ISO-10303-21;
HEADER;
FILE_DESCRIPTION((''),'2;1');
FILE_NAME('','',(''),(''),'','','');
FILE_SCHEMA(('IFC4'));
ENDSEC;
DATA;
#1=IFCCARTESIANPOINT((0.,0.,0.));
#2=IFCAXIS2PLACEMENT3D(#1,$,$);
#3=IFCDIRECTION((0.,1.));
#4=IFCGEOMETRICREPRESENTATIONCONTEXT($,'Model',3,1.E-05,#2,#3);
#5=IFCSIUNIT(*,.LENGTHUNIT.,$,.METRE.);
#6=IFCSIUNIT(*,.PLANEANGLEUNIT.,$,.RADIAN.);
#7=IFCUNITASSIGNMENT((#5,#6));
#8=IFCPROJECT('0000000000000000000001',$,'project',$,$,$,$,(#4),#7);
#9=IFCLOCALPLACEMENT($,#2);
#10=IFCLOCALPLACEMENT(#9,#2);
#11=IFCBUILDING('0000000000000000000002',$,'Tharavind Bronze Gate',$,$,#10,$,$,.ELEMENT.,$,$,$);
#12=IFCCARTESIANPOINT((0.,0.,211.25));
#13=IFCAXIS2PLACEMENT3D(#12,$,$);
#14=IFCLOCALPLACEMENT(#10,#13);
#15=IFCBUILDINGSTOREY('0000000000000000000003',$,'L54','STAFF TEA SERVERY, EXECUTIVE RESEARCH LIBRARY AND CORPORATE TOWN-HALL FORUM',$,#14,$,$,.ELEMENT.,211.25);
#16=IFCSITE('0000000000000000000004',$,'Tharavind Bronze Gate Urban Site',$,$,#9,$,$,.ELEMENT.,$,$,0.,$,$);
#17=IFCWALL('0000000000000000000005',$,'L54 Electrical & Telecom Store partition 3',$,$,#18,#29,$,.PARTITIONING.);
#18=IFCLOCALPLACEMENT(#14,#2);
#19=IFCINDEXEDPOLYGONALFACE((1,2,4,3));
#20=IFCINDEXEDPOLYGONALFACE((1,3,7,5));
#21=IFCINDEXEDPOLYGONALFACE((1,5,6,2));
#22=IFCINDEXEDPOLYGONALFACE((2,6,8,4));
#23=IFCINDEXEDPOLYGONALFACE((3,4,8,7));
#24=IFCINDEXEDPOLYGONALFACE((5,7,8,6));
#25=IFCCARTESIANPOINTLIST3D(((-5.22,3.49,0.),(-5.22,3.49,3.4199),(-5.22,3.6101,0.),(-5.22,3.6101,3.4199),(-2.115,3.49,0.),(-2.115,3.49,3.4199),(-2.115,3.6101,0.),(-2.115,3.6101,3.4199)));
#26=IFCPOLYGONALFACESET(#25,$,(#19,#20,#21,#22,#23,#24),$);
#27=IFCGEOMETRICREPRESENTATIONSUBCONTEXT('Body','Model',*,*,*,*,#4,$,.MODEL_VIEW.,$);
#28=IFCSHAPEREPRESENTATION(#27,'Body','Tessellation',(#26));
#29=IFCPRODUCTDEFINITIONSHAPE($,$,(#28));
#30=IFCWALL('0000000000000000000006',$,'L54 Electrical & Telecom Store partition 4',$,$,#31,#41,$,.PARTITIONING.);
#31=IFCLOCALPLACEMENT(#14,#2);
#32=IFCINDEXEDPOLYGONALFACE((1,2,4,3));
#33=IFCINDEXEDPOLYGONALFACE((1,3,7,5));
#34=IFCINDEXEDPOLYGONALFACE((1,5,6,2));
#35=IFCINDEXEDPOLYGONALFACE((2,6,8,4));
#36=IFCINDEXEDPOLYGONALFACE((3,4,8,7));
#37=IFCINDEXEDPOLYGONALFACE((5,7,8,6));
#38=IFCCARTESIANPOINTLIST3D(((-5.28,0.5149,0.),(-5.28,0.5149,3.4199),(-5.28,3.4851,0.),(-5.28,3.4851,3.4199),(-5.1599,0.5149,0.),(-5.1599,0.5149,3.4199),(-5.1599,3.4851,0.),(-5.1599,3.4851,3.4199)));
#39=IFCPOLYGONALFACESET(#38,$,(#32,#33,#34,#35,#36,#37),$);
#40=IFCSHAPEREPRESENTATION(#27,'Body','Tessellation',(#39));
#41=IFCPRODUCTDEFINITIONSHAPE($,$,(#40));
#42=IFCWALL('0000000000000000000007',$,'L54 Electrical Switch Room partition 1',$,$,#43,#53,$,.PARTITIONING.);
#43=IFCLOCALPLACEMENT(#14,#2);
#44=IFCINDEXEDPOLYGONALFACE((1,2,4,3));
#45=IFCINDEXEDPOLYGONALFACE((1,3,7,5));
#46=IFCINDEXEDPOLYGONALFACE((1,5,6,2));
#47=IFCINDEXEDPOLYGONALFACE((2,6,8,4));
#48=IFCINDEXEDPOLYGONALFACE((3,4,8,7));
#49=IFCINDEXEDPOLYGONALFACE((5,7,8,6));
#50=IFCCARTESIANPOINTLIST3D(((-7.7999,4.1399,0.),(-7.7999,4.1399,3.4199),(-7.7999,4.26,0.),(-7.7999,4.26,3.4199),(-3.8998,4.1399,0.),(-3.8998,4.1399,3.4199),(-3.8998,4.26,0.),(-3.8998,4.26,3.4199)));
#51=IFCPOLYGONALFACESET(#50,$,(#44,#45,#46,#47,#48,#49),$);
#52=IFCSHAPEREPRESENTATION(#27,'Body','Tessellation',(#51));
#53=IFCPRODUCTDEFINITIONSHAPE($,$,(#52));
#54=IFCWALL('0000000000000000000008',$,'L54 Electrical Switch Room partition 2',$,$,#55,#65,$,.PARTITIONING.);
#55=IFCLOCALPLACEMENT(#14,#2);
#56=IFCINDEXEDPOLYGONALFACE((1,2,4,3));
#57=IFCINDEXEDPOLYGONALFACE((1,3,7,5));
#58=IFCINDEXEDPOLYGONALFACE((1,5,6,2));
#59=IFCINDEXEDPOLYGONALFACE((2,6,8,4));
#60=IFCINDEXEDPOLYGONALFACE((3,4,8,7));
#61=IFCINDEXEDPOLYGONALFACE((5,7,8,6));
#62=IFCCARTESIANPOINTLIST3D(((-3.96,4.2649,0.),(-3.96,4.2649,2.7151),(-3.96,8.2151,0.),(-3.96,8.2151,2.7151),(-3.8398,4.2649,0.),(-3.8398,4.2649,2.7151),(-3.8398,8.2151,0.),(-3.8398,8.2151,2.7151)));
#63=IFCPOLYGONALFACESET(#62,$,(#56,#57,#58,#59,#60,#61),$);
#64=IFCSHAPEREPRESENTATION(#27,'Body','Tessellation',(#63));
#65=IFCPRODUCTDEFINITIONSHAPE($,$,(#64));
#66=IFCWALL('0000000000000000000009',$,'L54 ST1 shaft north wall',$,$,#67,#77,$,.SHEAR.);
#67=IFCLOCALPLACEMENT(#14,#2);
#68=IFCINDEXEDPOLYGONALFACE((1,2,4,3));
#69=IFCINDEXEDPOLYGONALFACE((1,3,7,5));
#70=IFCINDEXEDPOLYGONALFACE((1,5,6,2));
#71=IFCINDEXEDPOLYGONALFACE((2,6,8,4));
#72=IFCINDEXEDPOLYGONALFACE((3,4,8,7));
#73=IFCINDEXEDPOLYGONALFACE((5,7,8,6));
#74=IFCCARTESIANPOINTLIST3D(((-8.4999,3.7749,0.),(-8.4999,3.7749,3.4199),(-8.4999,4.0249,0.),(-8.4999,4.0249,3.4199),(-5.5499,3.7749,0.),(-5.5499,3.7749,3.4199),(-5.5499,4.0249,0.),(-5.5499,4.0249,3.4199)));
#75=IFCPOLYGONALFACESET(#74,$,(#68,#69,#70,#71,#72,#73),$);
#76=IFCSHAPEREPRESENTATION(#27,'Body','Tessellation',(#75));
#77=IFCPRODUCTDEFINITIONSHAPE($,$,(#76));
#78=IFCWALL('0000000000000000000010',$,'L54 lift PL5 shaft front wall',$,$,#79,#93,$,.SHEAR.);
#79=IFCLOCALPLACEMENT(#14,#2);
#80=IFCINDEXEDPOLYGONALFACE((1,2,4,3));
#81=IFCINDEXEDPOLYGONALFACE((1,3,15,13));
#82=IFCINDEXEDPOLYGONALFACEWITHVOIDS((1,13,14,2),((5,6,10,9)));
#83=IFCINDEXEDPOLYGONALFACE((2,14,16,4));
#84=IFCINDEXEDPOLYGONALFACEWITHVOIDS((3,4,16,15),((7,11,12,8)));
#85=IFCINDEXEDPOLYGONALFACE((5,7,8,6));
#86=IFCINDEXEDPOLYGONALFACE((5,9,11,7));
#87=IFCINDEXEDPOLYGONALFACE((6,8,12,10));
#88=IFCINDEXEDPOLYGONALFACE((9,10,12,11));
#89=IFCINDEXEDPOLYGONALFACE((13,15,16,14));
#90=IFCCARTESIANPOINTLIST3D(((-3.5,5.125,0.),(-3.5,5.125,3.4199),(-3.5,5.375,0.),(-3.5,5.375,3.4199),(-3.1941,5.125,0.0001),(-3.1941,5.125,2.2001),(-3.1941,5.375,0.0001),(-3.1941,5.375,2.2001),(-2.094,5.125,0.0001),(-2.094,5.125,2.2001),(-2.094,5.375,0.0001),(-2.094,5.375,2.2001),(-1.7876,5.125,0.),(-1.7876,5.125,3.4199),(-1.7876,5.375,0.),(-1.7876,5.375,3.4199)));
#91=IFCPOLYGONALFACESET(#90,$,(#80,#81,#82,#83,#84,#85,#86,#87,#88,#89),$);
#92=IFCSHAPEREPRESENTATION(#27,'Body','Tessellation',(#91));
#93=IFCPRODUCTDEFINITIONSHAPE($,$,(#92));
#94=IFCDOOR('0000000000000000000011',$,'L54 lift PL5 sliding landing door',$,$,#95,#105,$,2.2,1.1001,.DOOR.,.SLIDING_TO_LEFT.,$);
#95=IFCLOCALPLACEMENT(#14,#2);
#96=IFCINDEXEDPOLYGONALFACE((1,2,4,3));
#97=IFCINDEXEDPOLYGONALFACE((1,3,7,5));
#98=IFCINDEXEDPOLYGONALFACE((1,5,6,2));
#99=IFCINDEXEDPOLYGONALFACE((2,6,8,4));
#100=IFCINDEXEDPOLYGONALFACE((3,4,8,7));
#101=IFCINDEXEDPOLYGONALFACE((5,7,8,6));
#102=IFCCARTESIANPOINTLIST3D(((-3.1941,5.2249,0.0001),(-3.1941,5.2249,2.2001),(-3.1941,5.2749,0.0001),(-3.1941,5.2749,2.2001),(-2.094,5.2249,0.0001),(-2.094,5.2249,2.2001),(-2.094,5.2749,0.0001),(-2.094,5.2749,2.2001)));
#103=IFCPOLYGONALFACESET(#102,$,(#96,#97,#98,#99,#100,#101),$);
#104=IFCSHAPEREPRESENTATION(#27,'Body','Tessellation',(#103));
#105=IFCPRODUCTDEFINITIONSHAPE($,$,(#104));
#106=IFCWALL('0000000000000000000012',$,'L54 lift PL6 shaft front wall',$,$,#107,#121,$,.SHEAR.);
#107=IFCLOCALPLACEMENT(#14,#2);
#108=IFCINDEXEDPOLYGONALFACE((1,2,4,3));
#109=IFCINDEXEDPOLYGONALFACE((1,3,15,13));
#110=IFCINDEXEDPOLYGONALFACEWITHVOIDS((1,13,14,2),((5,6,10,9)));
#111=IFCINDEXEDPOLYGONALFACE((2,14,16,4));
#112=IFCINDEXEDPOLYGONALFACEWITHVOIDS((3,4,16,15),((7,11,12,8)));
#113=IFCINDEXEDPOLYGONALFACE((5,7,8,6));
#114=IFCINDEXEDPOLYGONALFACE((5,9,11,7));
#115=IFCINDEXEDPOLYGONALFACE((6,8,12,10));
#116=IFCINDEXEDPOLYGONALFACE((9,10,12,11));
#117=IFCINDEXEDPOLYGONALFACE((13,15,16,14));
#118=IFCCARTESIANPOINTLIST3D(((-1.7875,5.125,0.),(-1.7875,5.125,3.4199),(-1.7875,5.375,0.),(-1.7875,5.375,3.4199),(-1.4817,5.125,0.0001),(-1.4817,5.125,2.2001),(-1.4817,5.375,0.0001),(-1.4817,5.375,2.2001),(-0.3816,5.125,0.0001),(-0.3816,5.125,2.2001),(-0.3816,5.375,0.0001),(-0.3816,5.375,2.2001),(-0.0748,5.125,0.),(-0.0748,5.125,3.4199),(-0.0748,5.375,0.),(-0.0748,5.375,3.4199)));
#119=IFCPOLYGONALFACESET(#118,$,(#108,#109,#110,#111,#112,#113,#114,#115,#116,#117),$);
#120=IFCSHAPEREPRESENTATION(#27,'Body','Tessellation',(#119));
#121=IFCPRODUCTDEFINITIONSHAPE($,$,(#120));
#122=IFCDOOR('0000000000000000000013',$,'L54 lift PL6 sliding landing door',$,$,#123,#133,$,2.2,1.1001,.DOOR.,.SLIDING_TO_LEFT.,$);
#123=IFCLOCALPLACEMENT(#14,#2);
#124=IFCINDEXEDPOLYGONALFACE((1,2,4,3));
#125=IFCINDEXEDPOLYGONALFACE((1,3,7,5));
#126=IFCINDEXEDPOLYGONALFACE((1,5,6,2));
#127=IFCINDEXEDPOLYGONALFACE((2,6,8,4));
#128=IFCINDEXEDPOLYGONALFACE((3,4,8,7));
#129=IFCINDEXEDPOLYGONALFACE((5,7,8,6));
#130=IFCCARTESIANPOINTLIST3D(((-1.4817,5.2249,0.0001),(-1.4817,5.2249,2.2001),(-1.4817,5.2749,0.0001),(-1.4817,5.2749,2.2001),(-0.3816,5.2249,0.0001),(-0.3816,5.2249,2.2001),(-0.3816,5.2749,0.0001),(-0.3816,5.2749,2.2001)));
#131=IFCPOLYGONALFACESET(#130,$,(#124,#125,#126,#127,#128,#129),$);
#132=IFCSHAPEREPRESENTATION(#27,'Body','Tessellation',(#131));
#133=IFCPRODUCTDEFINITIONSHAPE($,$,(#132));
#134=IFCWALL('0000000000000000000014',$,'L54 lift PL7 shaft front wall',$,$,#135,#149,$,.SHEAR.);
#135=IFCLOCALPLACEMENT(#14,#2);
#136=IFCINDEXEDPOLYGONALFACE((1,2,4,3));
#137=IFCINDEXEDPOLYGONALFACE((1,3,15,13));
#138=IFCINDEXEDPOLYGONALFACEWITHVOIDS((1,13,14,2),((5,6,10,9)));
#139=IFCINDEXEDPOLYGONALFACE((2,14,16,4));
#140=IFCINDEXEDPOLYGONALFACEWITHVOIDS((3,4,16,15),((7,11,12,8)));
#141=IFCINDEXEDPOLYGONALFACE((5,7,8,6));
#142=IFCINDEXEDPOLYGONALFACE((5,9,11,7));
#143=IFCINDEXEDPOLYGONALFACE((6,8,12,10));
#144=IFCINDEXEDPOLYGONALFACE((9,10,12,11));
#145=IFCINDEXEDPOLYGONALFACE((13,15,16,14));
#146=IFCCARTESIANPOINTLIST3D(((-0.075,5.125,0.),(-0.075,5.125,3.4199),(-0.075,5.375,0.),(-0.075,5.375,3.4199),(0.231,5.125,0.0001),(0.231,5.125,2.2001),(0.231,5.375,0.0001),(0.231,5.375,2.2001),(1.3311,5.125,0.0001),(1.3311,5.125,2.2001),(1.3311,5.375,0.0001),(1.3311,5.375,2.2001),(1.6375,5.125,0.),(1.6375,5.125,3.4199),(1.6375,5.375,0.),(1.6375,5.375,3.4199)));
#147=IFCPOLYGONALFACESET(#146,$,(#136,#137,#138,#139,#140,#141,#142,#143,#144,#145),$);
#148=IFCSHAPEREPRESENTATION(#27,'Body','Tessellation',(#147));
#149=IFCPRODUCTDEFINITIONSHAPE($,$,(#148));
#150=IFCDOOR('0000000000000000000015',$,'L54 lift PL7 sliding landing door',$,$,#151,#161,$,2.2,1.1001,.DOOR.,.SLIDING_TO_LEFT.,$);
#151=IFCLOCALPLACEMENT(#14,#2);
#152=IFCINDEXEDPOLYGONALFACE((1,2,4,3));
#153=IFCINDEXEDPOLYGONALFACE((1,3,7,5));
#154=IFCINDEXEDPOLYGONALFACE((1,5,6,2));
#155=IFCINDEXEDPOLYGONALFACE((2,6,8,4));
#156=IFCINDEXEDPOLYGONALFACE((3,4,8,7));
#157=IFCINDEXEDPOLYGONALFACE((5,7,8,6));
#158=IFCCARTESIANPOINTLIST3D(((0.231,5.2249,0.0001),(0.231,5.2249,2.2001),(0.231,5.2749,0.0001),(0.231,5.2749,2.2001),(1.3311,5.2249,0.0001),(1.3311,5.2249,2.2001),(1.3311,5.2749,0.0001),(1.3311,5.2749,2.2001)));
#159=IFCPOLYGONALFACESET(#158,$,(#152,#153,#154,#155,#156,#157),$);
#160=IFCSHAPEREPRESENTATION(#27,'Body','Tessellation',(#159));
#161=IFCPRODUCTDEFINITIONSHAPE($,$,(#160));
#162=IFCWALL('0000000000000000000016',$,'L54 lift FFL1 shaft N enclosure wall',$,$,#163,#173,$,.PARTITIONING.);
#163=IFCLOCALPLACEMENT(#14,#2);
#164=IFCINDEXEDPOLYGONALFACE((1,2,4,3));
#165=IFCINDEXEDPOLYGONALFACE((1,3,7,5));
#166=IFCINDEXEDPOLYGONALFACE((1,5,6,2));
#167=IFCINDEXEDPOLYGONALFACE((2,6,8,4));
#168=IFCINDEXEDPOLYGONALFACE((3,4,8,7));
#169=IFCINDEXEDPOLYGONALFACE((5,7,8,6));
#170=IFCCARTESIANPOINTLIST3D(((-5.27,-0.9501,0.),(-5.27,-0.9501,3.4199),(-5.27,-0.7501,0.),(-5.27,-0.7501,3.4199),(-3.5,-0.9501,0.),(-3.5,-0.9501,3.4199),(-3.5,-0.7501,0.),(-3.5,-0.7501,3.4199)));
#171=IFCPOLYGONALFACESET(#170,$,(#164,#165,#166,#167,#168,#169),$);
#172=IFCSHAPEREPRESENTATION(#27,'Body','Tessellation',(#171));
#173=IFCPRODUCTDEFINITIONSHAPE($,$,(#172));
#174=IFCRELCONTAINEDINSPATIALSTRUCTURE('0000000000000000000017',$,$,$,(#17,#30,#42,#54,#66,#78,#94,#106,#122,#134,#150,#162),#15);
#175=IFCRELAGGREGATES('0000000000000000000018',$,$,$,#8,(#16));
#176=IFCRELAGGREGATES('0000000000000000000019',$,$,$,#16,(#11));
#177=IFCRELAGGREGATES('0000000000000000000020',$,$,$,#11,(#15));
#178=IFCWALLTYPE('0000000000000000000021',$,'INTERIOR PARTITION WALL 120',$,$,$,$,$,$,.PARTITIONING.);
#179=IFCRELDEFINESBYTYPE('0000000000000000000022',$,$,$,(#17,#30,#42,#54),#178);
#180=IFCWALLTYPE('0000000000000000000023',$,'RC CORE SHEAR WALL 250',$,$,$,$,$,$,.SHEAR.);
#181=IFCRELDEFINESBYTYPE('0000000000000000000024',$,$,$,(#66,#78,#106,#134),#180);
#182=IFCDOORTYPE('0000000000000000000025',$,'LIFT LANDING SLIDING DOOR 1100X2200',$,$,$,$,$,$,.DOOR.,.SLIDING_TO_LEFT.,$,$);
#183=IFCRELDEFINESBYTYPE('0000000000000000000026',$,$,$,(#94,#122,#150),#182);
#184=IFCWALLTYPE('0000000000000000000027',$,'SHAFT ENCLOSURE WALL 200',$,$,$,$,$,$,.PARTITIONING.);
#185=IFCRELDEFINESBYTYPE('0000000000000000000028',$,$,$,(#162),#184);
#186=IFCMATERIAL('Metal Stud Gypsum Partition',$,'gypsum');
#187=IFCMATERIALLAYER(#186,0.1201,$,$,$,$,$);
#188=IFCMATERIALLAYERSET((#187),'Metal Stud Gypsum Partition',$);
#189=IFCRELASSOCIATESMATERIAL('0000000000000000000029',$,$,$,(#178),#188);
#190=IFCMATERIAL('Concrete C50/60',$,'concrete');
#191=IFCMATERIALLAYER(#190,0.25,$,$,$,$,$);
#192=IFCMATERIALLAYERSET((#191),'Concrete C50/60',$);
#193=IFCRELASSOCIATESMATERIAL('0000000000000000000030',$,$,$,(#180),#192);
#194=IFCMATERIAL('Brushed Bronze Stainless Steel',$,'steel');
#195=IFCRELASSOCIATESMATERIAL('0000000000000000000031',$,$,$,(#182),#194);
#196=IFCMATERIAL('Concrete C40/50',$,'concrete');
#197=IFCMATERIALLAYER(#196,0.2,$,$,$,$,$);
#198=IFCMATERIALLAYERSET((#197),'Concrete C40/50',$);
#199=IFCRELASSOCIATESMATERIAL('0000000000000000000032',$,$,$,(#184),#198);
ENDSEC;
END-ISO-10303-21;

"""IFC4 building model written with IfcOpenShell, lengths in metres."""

from ifc_helpers import new_model, si_unit, direction, frame, frame_2d, origin, place, context, subcontext, project, spatial, rectangle, extrude, material, layer, layer_set, type_object, element, fill, save


model = new_model("IFC4")

# Units and contexts
model_context = context("Model", 3, precision=1e-05, world=origin(), true_north=direction((0.0, 1.0)))
body_context = subcontext(model_context, "Body", "Model", "MODEL_VIEW")
ifc_project = project(units=[si_unit("LENGTHUNIT", "METRE"), si_unit("PLANEANGLEUNIT", "RADIAN")], contexts=[model_context])

# Site, building, storey
site_placement = place(None, origin())
site = spatial("IfcSite", under=ifc_project, at=site_placement, Name="Tharavind Bronze Gate Urban Site", CompositionType="ELEMENT", RefElevation=0.0)
building_placement = place(site_placement, origin())
building = spatial("IfcBuilding", under=site, at=building_placement, Name="Tharavind Bronze Gate", CompositionType="ELEMENT")
storey_placement = place(building_placement, frame((0.0, 0.0, 211.25)))
storey = spatial("IfcBuildingStorey", under=building, at=storey_placement, Name="L54", Description="STAFF TEA SERVERY, EXECUTIVE RESEARCH LIBRARY AND CORPORATE TOWN-HALL FORUM", CompositionType="ELEMENT", Elevation=211.25)

# Shared definitions
ifc_material_1 = material(Name="Concrete C40/50", Category="concrete")

# Shared definitions
ifc_material_2 = material(Name="Metal Stud Gypsum Partition", Category="gypsum")
ifc_layer_1 = layer(ifc_material_2, 0.1201)
ifc_layer_set_1 = layer_set([ifc_layer_1], Name="Metal Stud Gypsum Partition")
wall_type_1 = type_object("IfcWallType", Name="INTERIOR PARTITION WALL 120", PredefinedType="PARTITIONING", material=ifc_layer_set_1)

# Walls
wall_1_placement = place(storey_placement, frame((-2.115, 3.55, 0.0), z_axis=(0.0, 0.0, 1.0), x_axis=(-1.0, 0.0, 0.0)))
element("IfcWall", 1, at=wall_1_placement, inside=storey, type_object=wall_type_1, Name="L54 Electrical & Telecom Store partition 3", PredefinedType="PARTITIONING", context=body_context, shape_type="SweptSolid", body=[
    extrude(rectangle(XDim=3.105, YDim=0.1201, at=frame_2d((1.5525, 0.0))), origin(), (0.0, 0.0, 1.0), 3.4199),
])
wall_2_placement = place(storey_placement, frame((-5.22, 3.4851, 0.0), z_axis=(0.0, 0.0, 1.0), x_axis=(0.0, -1.0, 0.0)))
element("IfcWall", 2, at=wall_2_placement, inside=storey, type_object=wall_type_1, Name="L54 Electrical & Telecom Store partition 4", PredefinedType="PARTITIONING", context=body_context, shape_type="SweptSolid", body=[
    extrude(rectangle(XDim=2.9702, YDim=0.1201, at=frame_2d((1.4851, 0.0))), origin(), (0.0, 0.0, 1.0), 3.4199),
])
wall_3_placement = place(storey_placement, frame((-7.8, 4.2, 0.0), z_axis=(0.0, 0.0, 1.0), x_axis=(1.0, 0.0, 0.0)))
element("IfcWall", 3, at=wall_3_placement, inside=storey, type_object=wall_type_1, Name="L54 Electrical Switch Room partition 1", PredefinedType="PARTITIONING", context=body_context, shape_type="SweptSolid", body=[
    extrude(rectangle(XDim=3.9001, YDim=0.1201, at=frame_2d((1.9502, 0.0))), origin(), (0.0, 0.0, 1.0), 3.4199),
])
wall_4_placement = place(storey_placement, frame((-3.8999, 4.2649, 0.0), z_axis=(0.0, 0.0, 1.0), x_axis=(0.0, 1.0, 0.0)))
element("IfcWall", 4, at=wall_4_placement, inside=storey, type_object=wall_type_1, Name="L54 Electrical Switch Room partition 2", PredefinedType="PARTITIONING", context=body_context, shape_type="SweptSolid", body=[
    extrude(rectangle(XDim=3.9502, YDim=0.1201, at=frame_2d((1.9751, 0.0))), origin(), (0.0, 0.0, 1.0), 2.7151),
])
ifc_material_3 = material(Name="Concrete C50/60", Category="concrete")
ifc_layer_2 = layer(ifc_material_3, 0.25)
ifc_layer_set_2 = layer_set([ifc_layer_2], Name="Concrete C50/60")
wall_type_2 = type_object("IfcWallType", Name="RC CORE SHEAR WALL 250", PredefinedType="SHEAR", material=ifc_layer_set_2)
wall_5_placement = place(storey_placement, frame((-8.5, 3.8999, 0.0), z_axis=(0.0, 0.0, 1.0), x_axis=(1.0, 0.0, 0.0)))
element("IfcWall", 5, at=wall_5_placement, inside=storey, type_object=wall_type_2, Name="L54 ST1 shaft north wall", PredefinedType="SHEAR", context=body_context, shape_type="SweptSolid", body=[
    extrude(rectangle(XDim=2.95, YDim=0.25, at=frame_2d((1.4751, 0.0))), origin(), (0.0, 0.0, 1.0), 3.4199),
])

# Walls, openings, doors
wall_6_placement = place(storey_placement, frame((-3.5, 5.25, 0.0), z_axis=(0.0, 0.0, 1.0), x_axis=(1.0, 0.0, 0.0)))
wall_6 = element("IfcWall", 6, at=wall_6_placement, inside=storey, type_object=wall_type_2, Name="L54 lift PL5 shaft front wall", PredefinedType="SHEAR", context=body_context, shape_type="SweptSolid", body=[
    extrude(rectangle(XDim=1.7124, YDim=0.25, at=frame_2d((0.8562, 0.0))), origin(), (0.0, 0.0, 1.0), 3.4199),
])
opening_1_placement = place(wall_6_placement, frame((0.3059, 0.0, 0.0)))
opening_1 = element("IfcOpeningElement", 7, at=opening_1_placement, cuts=wall_6, PredefinedType="OPENING", context=body_context, shape_type="SweptSolid", body=[
    extrude(rectangle(XDim=1.1001, YDim=2.2, at=frame_2d((0.55, 1.1001))), frame((0.0, 0.135, 0.0), z_axis=(0.0, -1.0, 0.0), x_axis=(1.0, 0.0, 0.0)), (0.0, 0.0, 1.0), 0.27),
])
ifc_material_4 = material(Name="Brushed Bronze Stainless Steel", Category="steel")
door_type_1 = type_object("IfcDoorType", Name="LIFT LANDING SLIDING DOOR 1100X2200", OperationType="SLIDING_TO_LEFT", PredefinedType="DOOR", material=ifc_material_4)
door_1_placement = place(opening_1_placement, origin())
door_1 = element("IfcDoor", 8, at=door_1_placement, inside=storey, type_object=door_type_1, Name="L54 lift PL5 sliding landing door", OperationType="SLIDING_TO_LEFT", OverallHeight=2.2, OverallWidth=1.1001, PredefinedType="DOOR", context=body_context, shape_type="SweptSolid", body=[
    extrude(rectangle(XDim=1.1001, YDim=2.2, at=frame_2d((0.55, 1.1001))), frame((0.0, 0.0249, 0.0), z_axis=(0.0, -1.0, 0.0), x_axis=(1.0, 0.0, 0.0)), (0.0, 0.0, 1.0), 0.05),
])
fill(opening_1, door_1)
wall_7_placement = place(storey_placement, frame((-1.7876, 5.25, 0.0), z_axis=(0.0, 0.0, 1.0), x_axis=(1.0, 0.0, 0.0)))
wall_7 = element("IfcWall", 9, at=wall_7_placement, inside=storey, type_object=wall_type_2, Name="L54 lift PL6 shaft front wall", PredefinedType="SHEAR", context=body_context, shape_type="SweptSolid", body=[
    extrude(rectangle(XDim=1.7126, YDim=0.25, at=frame_2d((0.8564, 0.0))), origin(), (0.0, 0.0, 1.0), 3.4199),
])
opening_2_placement = place(wall_7_placement, frame((0.3059, 0.0, 0.0)))
opening_2 = element("IfcOpeningElement", 10, at=opening_2_placement, cuts=wall_7, PredefinedType="OPENING", context=body_context, shape_type="SweptSolid", body=[
    extrude(rectangle(XDim=1.1001, YDim=2.2, at=frame_2d((0.55, 1.1001))), frame((0.0, 0.135, 0.0), z_axis=(0.0, -1.0, 0.0), x_axis=(1.0, 0.0, 0.0)), (0.0, 0.0, 1.0), 0.27),
])
door_2_placement = place(opening_2_placement, origin())
door_2 = element("IfcDoor", 11, at=door_2_placement, inside=storey, type_object=door_type_1, Name="L54 lift PL6 sliding landing door", OperationType="SLIDING_TO_LEFT", OverallHeight=2.2, OverallWidth=1.1001, PredefinedType="DOOR", context=body_context, shape_type="SweptSolid", body=[
    extrude(rectangle(XDim=1.1001, YDim=2.2, at=frame_2d((0.55, 1.1001))), frame((0.0, 0.0249, 0.0), z_axis=(0.0, -1.0, 0.0), x_axis=(1.0, 0.0, 0.0)), (0.0, 0.0, 1.0), 0.05),
])
fill(opening_2, door_2)
wall_8_placement = place(storey_placement, frame((-0.075, 5.25, 0.0), z_axis=(0.0, 0.0, 1.0), x_axis=(1.0, 0.0, 0.0)))
wall_8 = element("IfcWall", 12, at=wall_8_placement, inside=storey, type_object=wall_type_2, Name="L54 lift PL7 shaft front wall", PredefinedType="SHEAR", context=body_context, shape_type="SweptSolid", body=[
    extrude(rectangle(XDim=1.7124, YDim=0.25, at=frame_2d((0.8562, 0.0))), origin(), (0.0, 0.0, 1.0), 3.4199),
])
opening_3_placement = place(wall_8_placement, frame((0.3059, 0.0, 0.0)))
opening_3 = element("IfcOpeningElement", 13, at=opening_3_placement, cuts=wall_8, PredefinedType="OPENING", context=body_context, shape_type="SweptSolid", body=[
    extrude(rectangle(XDim=1.1001, YDim=2.2, at=frame_2d((0.55, 1.1001))), frame((0.0, 0.135, 0.0), z_axis=(0.0, -1.0, 0.0), x_axis=(1.0, 0.0, 0.0)), (0.0, 0.0, 1.0), 0.27),
])
door_3_placement = place(opening_3_placement, origin())
door_3 = element("IfcDoor", 14, at=door_3_placement, inside=storey, type_object=door_type_1, Name="L54 lift PL7 sliding landing door", OperationType="SLIDING_TO_LEFT", OverallHeight=2.2, OverallWidth=1.1001, PredefinedType="DOOR", context=body_context, shape_type="SweptSolid", body=[
    extrude(rectangle(XDim=1.1001, YDim=2.2, at=frame_2d((0.55, 1.1001))), frame((0.0, 0.0249, 0.0), z_axis=(0.0, -1.0, 0.0), x_axis=(1.0, 0.0, 0.0)), (0.0, 0.0, 1.0), 0.05),
])
fill(opening_3, door_3)

# Wall
ifc_layer_3 = layer(ifc_material_1, 0.2)
ifc_layer_set_3 = layer_set([ifc_layer_3], Name="Concrete C40/50")
wall_type_3 = type_object("IfcWallType", Name="SHAFT ENCLOSURE WALL 200", PredefinedType="PARTITIONING", material=ifc_layer_set_3)
wall_9_placement = place(storey_placement, frame((-5.27, -0.8501, 0.0), z_axis=(0.0, 0.0, 1.0), x_axis=(1.0, 0.0, 0.0)))
element("IfcWall", 15, at=wall_9_placement, inside=storey, type_object=wall_type_3, Name="L54 lift FFL1 shaft N enclosure wall", PredefinedType="PARTITIONING", context=body_context, shape_type="SweptSolid", body=[
    extrude(rectangle(XDim=1.77, YDim=0.2, at=frame_2d((0.885, 0.0))), origin(), (0.0, 0.0, 1.0), 3.4199),
])

save(model, "model.ifc")
